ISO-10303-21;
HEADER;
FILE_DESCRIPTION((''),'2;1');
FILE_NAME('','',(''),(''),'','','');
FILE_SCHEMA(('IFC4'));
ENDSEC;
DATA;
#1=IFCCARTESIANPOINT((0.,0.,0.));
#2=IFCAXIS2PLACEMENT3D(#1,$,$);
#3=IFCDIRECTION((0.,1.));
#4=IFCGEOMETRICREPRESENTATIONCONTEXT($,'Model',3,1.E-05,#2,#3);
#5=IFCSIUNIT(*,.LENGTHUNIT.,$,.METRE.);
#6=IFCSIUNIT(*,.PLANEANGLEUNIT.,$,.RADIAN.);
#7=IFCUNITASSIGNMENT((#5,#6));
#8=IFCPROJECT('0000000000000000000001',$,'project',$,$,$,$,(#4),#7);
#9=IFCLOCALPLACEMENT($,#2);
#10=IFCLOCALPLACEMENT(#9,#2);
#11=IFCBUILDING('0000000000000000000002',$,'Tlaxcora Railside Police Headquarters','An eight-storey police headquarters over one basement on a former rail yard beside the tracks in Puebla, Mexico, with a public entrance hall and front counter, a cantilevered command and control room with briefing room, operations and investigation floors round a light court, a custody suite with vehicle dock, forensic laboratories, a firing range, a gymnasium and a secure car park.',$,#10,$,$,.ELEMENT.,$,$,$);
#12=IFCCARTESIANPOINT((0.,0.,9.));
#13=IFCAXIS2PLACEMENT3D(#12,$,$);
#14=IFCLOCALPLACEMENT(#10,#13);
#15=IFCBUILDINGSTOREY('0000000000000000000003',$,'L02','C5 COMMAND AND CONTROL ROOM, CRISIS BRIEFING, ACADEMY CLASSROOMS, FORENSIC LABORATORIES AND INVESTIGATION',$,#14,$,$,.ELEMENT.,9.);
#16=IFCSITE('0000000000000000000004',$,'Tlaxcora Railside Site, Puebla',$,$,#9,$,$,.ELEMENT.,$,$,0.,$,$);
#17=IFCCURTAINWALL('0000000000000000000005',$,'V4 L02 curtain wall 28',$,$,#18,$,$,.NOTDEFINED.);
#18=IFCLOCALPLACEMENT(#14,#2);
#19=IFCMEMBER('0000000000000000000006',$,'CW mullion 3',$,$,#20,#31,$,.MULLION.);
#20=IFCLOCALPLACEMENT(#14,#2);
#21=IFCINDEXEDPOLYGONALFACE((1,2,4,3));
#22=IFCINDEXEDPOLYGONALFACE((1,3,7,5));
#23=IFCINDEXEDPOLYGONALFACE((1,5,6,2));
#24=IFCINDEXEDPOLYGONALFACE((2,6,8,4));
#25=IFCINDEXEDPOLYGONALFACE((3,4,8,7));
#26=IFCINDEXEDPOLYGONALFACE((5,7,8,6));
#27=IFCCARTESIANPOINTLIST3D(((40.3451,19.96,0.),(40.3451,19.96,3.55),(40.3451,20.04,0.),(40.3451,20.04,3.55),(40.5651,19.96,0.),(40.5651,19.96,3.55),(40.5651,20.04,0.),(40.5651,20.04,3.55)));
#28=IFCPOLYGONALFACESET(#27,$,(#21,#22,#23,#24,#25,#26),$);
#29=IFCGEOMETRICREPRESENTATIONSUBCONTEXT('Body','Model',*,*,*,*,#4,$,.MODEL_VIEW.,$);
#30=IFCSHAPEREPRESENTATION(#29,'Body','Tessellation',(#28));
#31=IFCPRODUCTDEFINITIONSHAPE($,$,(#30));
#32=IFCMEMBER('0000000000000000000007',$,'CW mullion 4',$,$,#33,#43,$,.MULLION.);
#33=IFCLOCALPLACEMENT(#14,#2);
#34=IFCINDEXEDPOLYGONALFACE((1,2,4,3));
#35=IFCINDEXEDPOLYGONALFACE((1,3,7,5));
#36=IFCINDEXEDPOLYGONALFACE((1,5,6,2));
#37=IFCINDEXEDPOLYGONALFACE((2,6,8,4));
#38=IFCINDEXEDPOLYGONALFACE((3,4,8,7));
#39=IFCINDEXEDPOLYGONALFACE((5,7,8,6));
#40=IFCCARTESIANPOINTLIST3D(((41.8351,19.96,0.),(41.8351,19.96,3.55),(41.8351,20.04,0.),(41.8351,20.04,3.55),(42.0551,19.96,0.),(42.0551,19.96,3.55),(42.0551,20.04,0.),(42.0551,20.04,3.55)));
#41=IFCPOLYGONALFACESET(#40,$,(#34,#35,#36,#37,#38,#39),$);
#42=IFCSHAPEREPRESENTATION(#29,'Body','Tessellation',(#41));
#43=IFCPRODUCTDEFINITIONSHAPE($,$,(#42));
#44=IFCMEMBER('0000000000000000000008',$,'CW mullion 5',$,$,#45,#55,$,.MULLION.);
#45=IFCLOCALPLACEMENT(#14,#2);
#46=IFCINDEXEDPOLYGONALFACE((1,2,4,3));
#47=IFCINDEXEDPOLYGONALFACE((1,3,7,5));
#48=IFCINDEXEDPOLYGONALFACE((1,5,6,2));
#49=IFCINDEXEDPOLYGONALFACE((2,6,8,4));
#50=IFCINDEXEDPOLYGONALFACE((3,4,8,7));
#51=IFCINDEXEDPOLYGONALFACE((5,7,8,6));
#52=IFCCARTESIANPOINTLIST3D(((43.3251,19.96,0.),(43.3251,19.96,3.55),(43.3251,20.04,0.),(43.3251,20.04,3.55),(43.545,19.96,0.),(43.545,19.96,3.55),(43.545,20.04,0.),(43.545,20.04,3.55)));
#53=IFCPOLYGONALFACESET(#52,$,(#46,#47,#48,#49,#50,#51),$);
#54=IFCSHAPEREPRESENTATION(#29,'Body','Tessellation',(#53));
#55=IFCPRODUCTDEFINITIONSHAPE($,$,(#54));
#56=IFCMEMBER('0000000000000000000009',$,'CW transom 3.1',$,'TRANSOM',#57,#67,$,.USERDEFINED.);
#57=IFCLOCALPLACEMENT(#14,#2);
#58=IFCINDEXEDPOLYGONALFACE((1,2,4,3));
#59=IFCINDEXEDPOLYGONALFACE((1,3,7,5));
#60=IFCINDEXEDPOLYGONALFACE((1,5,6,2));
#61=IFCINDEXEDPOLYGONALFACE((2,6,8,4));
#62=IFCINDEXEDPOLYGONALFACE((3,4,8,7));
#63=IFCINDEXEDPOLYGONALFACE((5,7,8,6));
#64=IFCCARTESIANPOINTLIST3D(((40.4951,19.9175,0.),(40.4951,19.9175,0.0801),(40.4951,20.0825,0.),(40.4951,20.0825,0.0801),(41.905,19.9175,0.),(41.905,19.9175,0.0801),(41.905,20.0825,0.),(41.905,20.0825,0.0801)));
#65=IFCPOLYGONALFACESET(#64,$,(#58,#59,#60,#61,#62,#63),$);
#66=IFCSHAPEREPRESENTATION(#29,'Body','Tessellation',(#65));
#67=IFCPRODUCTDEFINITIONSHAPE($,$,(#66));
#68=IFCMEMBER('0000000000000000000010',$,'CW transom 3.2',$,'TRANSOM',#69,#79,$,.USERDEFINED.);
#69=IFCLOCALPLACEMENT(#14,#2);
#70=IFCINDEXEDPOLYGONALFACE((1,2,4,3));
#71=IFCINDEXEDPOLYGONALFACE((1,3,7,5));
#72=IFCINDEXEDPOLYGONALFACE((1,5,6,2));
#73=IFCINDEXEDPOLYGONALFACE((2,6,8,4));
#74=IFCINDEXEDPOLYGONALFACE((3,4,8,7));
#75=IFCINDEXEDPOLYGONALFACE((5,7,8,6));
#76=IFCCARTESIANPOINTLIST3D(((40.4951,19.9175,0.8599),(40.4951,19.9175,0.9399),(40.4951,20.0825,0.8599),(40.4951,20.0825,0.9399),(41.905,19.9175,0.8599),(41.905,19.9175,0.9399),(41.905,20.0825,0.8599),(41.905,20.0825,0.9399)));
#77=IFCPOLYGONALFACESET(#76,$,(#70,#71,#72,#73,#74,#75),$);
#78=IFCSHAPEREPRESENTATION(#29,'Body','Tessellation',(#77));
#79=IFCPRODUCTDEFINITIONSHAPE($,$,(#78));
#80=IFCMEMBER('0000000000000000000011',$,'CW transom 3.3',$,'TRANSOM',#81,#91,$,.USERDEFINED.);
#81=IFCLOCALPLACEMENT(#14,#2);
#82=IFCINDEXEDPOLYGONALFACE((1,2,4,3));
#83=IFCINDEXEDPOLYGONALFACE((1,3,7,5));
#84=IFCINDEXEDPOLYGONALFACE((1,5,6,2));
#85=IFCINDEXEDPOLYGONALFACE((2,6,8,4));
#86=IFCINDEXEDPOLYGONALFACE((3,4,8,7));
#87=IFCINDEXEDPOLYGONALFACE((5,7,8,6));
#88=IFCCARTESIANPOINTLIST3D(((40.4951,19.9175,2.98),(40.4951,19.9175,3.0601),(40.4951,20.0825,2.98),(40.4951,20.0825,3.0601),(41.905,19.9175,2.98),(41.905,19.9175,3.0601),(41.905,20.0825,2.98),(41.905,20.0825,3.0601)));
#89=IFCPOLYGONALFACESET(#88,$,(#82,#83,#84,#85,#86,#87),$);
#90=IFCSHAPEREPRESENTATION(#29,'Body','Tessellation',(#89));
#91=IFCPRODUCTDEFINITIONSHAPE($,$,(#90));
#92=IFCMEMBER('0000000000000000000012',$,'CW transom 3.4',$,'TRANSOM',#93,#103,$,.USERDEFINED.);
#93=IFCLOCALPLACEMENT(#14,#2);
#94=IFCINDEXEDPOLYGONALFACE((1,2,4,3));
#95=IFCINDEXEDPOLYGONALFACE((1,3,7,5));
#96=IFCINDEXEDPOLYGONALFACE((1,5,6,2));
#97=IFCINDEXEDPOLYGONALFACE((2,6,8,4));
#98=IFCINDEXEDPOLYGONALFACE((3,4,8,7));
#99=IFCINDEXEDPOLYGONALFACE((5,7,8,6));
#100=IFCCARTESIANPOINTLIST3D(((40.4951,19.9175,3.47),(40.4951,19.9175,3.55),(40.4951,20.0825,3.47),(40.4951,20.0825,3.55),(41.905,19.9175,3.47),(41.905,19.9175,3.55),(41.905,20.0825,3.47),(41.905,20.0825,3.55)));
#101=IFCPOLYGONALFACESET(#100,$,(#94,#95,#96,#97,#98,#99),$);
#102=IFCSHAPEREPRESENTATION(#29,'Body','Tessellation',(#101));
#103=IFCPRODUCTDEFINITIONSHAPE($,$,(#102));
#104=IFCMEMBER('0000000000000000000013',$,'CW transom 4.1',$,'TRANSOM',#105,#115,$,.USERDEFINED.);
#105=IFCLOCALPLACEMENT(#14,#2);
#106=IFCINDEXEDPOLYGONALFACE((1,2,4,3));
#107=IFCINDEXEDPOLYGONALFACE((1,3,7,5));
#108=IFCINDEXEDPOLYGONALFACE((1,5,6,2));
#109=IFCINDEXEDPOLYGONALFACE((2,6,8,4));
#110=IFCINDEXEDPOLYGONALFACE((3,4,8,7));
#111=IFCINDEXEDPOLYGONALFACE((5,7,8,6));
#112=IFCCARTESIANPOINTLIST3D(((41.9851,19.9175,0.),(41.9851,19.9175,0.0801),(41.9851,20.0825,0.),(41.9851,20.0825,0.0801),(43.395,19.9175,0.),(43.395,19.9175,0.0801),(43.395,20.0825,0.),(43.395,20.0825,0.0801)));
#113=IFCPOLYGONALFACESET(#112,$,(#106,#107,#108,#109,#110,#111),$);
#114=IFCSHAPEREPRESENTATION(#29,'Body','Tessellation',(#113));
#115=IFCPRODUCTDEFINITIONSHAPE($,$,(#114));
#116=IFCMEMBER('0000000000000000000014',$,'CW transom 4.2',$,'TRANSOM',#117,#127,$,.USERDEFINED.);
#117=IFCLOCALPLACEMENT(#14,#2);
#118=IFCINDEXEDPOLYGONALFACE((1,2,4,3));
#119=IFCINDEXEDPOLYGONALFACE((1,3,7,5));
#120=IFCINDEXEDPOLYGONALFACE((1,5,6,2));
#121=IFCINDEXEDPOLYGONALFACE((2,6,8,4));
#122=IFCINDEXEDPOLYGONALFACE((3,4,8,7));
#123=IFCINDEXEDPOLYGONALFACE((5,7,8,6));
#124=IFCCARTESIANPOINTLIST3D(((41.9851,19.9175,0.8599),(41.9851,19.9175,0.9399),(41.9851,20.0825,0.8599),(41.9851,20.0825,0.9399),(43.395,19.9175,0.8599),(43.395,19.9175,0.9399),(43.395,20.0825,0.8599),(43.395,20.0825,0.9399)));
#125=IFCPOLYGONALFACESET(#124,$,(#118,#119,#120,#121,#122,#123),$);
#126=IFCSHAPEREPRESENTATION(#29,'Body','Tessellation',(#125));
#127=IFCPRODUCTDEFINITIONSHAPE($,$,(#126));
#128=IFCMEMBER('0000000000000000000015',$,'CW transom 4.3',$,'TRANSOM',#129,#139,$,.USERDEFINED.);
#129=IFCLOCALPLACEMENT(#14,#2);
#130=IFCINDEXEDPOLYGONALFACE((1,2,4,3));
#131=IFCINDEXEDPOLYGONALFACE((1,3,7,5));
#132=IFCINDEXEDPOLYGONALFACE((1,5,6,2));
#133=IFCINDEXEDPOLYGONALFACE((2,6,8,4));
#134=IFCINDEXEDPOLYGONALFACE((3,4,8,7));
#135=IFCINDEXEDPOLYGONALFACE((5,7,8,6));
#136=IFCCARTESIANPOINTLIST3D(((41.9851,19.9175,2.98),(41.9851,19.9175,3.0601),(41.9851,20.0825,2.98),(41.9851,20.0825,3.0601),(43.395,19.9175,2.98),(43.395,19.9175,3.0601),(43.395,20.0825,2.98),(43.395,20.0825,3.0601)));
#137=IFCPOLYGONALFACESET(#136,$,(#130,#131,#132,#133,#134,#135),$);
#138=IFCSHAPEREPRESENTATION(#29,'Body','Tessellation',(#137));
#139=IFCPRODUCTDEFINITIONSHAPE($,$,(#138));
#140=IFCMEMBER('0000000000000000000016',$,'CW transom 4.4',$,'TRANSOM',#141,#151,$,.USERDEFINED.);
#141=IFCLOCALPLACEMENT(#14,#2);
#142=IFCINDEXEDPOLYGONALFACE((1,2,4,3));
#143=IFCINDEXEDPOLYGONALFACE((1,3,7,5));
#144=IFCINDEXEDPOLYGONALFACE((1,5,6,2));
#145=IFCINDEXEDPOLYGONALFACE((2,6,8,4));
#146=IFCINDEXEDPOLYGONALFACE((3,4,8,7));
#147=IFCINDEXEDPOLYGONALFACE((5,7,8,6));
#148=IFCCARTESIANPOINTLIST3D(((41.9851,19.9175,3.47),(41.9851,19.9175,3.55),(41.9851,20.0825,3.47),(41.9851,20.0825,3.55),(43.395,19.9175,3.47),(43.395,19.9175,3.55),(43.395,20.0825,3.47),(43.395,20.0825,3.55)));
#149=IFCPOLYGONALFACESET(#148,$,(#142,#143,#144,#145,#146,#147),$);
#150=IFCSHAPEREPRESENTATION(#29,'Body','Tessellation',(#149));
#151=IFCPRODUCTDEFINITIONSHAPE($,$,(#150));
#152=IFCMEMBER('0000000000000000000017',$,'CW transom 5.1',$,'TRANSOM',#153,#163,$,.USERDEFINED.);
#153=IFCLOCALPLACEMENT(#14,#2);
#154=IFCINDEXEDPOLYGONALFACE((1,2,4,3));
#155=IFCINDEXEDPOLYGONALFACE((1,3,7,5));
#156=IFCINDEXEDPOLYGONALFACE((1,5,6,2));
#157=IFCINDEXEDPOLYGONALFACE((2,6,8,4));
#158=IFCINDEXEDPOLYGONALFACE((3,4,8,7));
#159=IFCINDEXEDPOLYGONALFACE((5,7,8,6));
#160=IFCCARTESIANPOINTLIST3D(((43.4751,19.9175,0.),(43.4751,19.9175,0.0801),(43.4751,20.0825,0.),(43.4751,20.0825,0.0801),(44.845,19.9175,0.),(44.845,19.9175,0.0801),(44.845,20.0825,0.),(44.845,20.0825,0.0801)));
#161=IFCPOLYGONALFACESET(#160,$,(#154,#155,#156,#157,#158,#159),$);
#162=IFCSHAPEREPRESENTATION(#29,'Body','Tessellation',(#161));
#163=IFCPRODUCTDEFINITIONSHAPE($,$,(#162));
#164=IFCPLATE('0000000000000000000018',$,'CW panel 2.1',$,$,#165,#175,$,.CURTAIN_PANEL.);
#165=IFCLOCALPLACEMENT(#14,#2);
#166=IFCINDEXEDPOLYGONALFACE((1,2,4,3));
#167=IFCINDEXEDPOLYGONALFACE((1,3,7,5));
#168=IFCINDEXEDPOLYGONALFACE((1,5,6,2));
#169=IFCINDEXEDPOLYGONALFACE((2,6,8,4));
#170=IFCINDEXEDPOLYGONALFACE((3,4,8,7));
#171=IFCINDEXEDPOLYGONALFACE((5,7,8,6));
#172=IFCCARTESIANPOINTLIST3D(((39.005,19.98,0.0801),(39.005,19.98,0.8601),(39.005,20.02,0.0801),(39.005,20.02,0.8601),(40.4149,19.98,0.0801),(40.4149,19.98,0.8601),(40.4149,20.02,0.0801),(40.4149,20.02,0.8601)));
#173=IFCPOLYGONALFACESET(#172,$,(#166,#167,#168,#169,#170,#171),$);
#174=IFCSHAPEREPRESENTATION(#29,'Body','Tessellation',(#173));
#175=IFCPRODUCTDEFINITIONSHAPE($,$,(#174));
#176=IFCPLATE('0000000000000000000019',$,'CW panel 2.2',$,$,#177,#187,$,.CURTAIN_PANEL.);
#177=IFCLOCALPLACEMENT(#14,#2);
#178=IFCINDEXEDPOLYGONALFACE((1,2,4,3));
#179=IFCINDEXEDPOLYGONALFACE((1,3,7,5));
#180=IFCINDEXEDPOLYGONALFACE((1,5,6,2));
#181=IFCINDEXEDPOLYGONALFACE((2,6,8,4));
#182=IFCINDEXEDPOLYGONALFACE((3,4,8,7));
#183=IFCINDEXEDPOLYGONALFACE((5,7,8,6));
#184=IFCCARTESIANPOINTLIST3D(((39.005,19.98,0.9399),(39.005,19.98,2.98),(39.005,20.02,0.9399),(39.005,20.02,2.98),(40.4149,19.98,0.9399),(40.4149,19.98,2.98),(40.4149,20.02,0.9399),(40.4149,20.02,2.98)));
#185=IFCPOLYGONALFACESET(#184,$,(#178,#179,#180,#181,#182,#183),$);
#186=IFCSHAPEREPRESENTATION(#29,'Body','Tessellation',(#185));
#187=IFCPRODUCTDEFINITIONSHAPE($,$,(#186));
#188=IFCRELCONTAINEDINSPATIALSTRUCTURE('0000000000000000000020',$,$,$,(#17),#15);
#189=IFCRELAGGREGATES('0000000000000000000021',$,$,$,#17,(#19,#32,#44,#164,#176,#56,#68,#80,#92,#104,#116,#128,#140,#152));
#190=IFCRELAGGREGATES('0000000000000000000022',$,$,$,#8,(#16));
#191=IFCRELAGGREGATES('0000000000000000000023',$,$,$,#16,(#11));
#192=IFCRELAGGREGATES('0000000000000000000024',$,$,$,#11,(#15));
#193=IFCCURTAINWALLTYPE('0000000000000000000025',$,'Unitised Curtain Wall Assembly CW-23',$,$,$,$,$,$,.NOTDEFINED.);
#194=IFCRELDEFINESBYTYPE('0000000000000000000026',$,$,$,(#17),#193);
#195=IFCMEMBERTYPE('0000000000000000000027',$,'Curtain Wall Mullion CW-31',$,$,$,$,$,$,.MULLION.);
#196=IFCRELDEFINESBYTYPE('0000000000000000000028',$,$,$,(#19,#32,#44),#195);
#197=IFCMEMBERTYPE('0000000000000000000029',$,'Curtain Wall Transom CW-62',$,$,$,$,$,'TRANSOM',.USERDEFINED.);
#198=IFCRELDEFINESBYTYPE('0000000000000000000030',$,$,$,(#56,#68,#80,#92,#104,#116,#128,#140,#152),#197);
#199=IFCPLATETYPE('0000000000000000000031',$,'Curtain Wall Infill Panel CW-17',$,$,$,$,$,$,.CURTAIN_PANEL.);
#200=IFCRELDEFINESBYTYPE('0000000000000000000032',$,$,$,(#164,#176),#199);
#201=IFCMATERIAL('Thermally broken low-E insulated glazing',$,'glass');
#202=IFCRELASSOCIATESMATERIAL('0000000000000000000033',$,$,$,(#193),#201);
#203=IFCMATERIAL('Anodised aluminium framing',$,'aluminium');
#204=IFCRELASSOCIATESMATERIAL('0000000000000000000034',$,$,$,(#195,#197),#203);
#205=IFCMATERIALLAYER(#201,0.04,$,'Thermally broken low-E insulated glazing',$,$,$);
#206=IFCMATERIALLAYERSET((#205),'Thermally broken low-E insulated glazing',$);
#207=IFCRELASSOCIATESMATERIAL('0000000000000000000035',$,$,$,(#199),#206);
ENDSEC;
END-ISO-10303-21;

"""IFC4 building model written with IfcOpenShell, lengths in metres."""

from ifc_helpers import new_model, si_unit, direction, frame, origin, origin_2d, place, context, subcontext, project, spatial, rectangle, extrude, material, layer, layer_set, material_profile, profile_set, type_object, element, aggregate, save


model = new_model("IFC4")

# Units and contexts
model_context = context("Model", 3, precision=1e-05, world=origin(), true_north=direction((0.0, 1.0)))
body_context = subcontext(model_context, "Body", "Model", "MODEL_VIEW")
ifc_project = project(units=[si_unit("LENGTHUNIT", "METRE"), si_unit("PLANEANGLEUNIT", "RADIAN")], contexts=[model_context])

# Site, building, storey
site_placement = place(None, origin())
site = spatial("IfcSite", under=ifc_project, at=site_placement, Name="Tlaxcora Railside Site, Puebla", CompositionType="ELEMENT", RefElevation=0.0)
building_placement = place(site_placement, origin())
building = spatial("IfcBuilding", under=site, at=building_placement, Name="Tlaxcora Railside Police Headquarters", Description="An eight-storey police headquarters over one basement on a former rail yard beside the tracks in Puebla, Mexico, with a public entrance hall and front counter, a cantilevered command and control room with briefing room, operations and investigation floors round a light court, a custody suite with vehicle dock, forensic laboratories, a firing range, a gymnasium and a secure car park.", CompositionType="ELEMENT")
storey_placement = place(building_placement, frame((0.0, 0.0, 9.0)))
storey = spatial("IfcBuildingStorey", under=building, at=storey_placement, Name="L02", Description="C5 COMMAND AND CONTROL ROOM, CRISIS BRIEFING, ACADEMY CLASSROOMS, FORENSIC LABORATORIES AND INVESTIGATION", CompositionType="ELEMENT", Elevation=9.0)

# Curtain wall, members, plates
ifc_material_1 = material(Name="Thermally broken low-E insulated glazing", Category="glass")
curtain_wall_type = type_object("IfcCurtainWallType", Name="Unitised Curtain Wall Assembly CW-23", PredefinedType="NOTDEFINED", material=ifc_material_1)
curtain_wall_placement = place(storey_placement, origin())
curtain_wall = element("IfcCurtainWall", 1, at=curtain_wall_placement, inside=storey, type_object=curtain_wall_type, Name="V4 L02 curtain wall 28", PredefinedType="NOTDEFINED")
ifc_material_2 = material(Name="Anodised aluminium framing", Category="aluminium")
ifc_material_profile_1 = material_profile(ifc_material_2, rectangle(XDim=0.0801, YDim=0.22, at=origin_2d()), Name="AL80X220")
ifc_profile_set_1 = profile_set([ifc_material_profile_1], Name="Anodised aluminium framing")
member_type_1 = type_object("IfcMemberType", Name="Curtain Wall Mullion CW-31", PredefinedType="MULLION", material=ifc_profile_set_1)
member_1_placement = place(storey_placement, frame((40.4551, 20.0, 0.0), z_axis=(0.0, 0.0, 1.0), x_axis=(0.0, 1.0, 0.0)))
member_1 = element("IfcMember", 2, at=member_1_placement, type_object=member_type_1, Name="CW mullion 3", PredefinedType="MULLION", context=body_context, shape_type="SweptSolid", body=[
    extrude(rectangle(XDim=0.0801, YDim=0.22, at=origin_2d()), origin(), (0.0, 0.0, 1.0), 3.55),
])
member_2_placement = place(storey_placement, frame((41.9451, 20.0, 0.0), z_axis=(0.0, 0.0, 1.0), x_axis=(0.0, 1.0, 0.0)))
member_2 = element("IfcMember", 3, at=member_2_placement, type_object=member_type_1, Name="CW mullion 4", PredefinedType="MULLION", context=body_context, shape_type="SweptSolid", body=[
    extrude(rectangle(XDim=0.0801, YDim=0.22, at=origin_2d()), origin(), (0.0, 0.0, 1.0), 3.55),
])
member_3_placement = place(storey_placement, frame((43.4351, 20.0, 0.0), z_axis=(0.0, 0.0, 1.0), x_axis=(0.0, 1.0, 0.0)))
member_3 = element("IfcMember", 4, at=member_3_placement, type_object=member_type_1, Name="CW mullion 5", PredefinedType="MULLION", context=body_context, shape_type="SweptSolid", body=[
    extrude(rectangle(XDim=0.0801, YDim=0.22, at=origin_2d()), origin(), (0.0, 0.0, 1.0), 3.55),
])
ifc_material_profile_2 = material_profile(ifc_material_2, rectangle(XDim=0.165, YDim=0.0801, at=origin_2d()), Name="AL80X165")
ifc_profile_set_2 = profile_set([ifc_material_profile_2], Name="Anodised aluminium framing")
member_type_2 = type_object("IfcMemberType", Name="Curtain Wall Transom CW-62", ElementType="TRANSOM", PredefinedType="USERDEFINED", material=ifc_profile_set_2)
member_4_placement = place(storey_placement, frame((40.4951, 20.0, 0.04), z_axis=(1.0, 0.0, 0.0), x_axis=(0.0, 1.0, 0.0)))
member_4 = element("IfcMember", 5, at=member_4_placement, type_object=member_type_2, Name="CW transom 3.1", ObjectType="TRANSOM", PredefinedType="USERDEFINED", context=body_context, shape_type="SweptSolid", body=[
    extrude(rectangle(XDim=0.165, YDim=0.0801, at=origin_2d()), origin(), (0.0, 0.0, 1.0), 1.4099),
])
member_5_placement = place(storey_placement, frame((40.4951, 20.0, 0.8999), z_axis=(1.0, 0.0, 0.0), x_axis=(0.0, 1.0, 0.0)))
member_5 = element("IfcMember", 6, at=member_5_placement, type_object=member_type_2, Name="CW transom 3.2", ObjectType="TRANSOM", PredefinedType="USERDEFINED", context=body_context, shape_type="SweptSolid", body=[
    extrude(rectangle(XDim=0.165, YDim=0.0801, at=origin_2d()), origin(), (0.0, 0.0, 1.0), 1.4099),
])
member_6_placement = place(storey_placement, frame((40.4951, 20.0, 3.02), z_axis=(1.0, 0.0, 0.0), x_axis=(0.0, 1.0, 0.0)))
member_6 = element("IfcMember", 7, at=member_6_placement, type_object=member_type_2, Name="CW transom 3.3", ObjectType="TRANSOM", PredefinedType="USERDEFINED", context=body_context, shape_type="SweptSolid", body=[
    extrude(rectangle(XDim=0.165, YDim=0.0801, at=origin_2d()), origin(), (0.0, 0.0, 1.0), 1.4099),
])
member_7_placement = place(storey_placement, frame((40.4951, 20.0, 3.51), z_axis=(1.0, 0.0, 0.0), x_axis=(0.0, 1.0, 0.0)))
member_7 = element("IfcMember", 8, at=member_7_placement, type_object=member_type_2, Name="CW transom 3.4", ObjectType="TRANSOM", PredefinedType="USERDEFINED", context=body_context, shape_type="SweptSolid", body=[
    extrude(rectangle(XDim=0.165, YDim=0.0801, at=origin_2d()), origin(), (0.0, 0.0, 1.0), 1.4099),
])
member_8_placement = place(storey_placement, frame((41.9851, 20.0, 0.04), z_axis=(1.0, 0.0, 0.0), x_axis=(0.0, 1.0, 0.0)))
member_8 = element("IfcMember", 9, at=member_8_placement, type_object=member_type_2, Name="CW transom 4.1", ObjectType="TRANSOM", PredefinedType="USERDEFINED", context=body_context, shape_type="SweptSolid", body=[
    extrude(rectangle(XDim=0.165, YDim=0.0801, at=origin_2d()), origin(), (0.0, 0.0, 1.0), 1.4099),
])
member_9_placement = place(storey_placement, frame((41.9851, 20.0, 0.8999), z_axis=(1.0, 0.0, 0.0), x_axis=(0.0, 1.0, 0.0)))
member_9 = element("IfcMember", 10, at=member_9_placement, type_object=member_type_2, Name="CW transom 4.2", ObjectType="TRANSOM", PredefinedType="USERDEFINED", context=body_context, shape_type="SweptSolid", body=[
    extrude(rectangle(XDim=0.165, YDim=0.0801, at=origin_2d()), origin(), (0.0, 0.0, 1.0), 1.4099),
])
member_10_placement = place(storey_placement, frame((41.9851, 20.0, 3.02), z_axis=(1.0, 0.0, 0.0), x_axis=(0.0, 1.0, 0.0)))
member_10 = element("IfcMember", 11, at=member_10_placement, type_object=member_type_2, Name="CW transom 4.3", ObjectType="TRANSOM", PredefinedType="USERDEFINED", context=body_context, shape_type="SweptSolid", body=[
    extrude(rectangle(XDim=0.165, YDim=0.0801, at=origin_2d()), origin(), (0.0, 0.0, 1.0), 1.4099),
])
member_11_placement = place(storey_placement, frame((41.9851, 20.0, 3.51), z_axis=(1.0, 0.0, 0.0), x_axis=(0.0, 1.0, 0.0)))
member_11 = element("IfcMember", 12, at=member_11_placement, type_object=member_type_2, Name="CW transom 4.4", ObjectType="TRANSOM", PredefinedType="USERDEFINED", context=body_context, shape_type="SweptSolid", body=[
    extrude(rectangle(XDim=0.165, YDim=0.0801, at=origin_2d()), origin(), (0.0, 0.0, 1.0), 1.4099),
])
member_12_placement = place(storey_placement, frame((43.4751, 20.0, 0.04), z_axis=(1.0, 0.0, 0.0), x_axis=(0.0, 1.0, 0.0)))
member_12 = element("IfcMember", 13, at=member_12_placement, type_object=member_type_2, Name="CW transom 5.1", ObjectType="TRANSOM", PredefinedType="USERDEFINED", context=body_context, shape_type="SweptSolid", body=[
    extrude(rectangle(XDim=0.165, YDim=0.0801, at=origin_2d()), origin(), (0.0, 0.0, 1.0), 1.3699),
])
ifc_layer = layer(ifc_material_1, 0.04, Name="Thermally broken low-E insulated glazing")
ifc_layer_set = layer_set([ifc_layer], Name="Thermally broken low-E insulated glazing")
plate_type = type_object("IfcPlateType", Name="Curtain Wall Infill Panel CW-17", PredefinedType="CURTAIN_PANEL", material=ifc_layer_set)
plate_1_placement = place(storey_placement, frame((39.71, 20.0, 0.0801), z_axis=(0.0, 0.0, 1.0), x_axis=(1.0, 0.0, 0.0)))
plate_1 = element("IfcPlate", 14, at=plate_1_placement, type_object=plate_type, Name="CW panel 2.1", PredefinedType="CURTAIN_PANEL", context=body_context, shape_type="SweptSolid", body=[
    extrude(rectangle(XDim=1.4099, YDim=0.04, at=origin_2d()), origin(), (0.0, 0.0, 1.0), 0.78),
])
plate_2_placement = place(storey_placement, frame((39.71, 20.0, 0.9399), z_axis=(0.0, 0.0, 1.0), x_axis=(1.0, 0.0, 0.0)))
plate_2 = element("IfcPlate", 15, at=plate_2_placement, type_object=plate_type, Name="CW panel 2.2", PredefinedType="CURTAIN_PANEL", context=body_context, shape_type="SweptSolid", body=[
    extrude(rectangle(XDim=1.4099, YDim=0.04, at=origin_2d()), origin(), (0.0, 0.0, 1.0), 2.04),
])
aggregate(curtain_wall, [member_1, member_2, member_3, plate_1, plate_2, member_4, member_5, member_6, member_7, member_8, member_9, member_10, member_11, member_12])

save(model, "model.ifc")
